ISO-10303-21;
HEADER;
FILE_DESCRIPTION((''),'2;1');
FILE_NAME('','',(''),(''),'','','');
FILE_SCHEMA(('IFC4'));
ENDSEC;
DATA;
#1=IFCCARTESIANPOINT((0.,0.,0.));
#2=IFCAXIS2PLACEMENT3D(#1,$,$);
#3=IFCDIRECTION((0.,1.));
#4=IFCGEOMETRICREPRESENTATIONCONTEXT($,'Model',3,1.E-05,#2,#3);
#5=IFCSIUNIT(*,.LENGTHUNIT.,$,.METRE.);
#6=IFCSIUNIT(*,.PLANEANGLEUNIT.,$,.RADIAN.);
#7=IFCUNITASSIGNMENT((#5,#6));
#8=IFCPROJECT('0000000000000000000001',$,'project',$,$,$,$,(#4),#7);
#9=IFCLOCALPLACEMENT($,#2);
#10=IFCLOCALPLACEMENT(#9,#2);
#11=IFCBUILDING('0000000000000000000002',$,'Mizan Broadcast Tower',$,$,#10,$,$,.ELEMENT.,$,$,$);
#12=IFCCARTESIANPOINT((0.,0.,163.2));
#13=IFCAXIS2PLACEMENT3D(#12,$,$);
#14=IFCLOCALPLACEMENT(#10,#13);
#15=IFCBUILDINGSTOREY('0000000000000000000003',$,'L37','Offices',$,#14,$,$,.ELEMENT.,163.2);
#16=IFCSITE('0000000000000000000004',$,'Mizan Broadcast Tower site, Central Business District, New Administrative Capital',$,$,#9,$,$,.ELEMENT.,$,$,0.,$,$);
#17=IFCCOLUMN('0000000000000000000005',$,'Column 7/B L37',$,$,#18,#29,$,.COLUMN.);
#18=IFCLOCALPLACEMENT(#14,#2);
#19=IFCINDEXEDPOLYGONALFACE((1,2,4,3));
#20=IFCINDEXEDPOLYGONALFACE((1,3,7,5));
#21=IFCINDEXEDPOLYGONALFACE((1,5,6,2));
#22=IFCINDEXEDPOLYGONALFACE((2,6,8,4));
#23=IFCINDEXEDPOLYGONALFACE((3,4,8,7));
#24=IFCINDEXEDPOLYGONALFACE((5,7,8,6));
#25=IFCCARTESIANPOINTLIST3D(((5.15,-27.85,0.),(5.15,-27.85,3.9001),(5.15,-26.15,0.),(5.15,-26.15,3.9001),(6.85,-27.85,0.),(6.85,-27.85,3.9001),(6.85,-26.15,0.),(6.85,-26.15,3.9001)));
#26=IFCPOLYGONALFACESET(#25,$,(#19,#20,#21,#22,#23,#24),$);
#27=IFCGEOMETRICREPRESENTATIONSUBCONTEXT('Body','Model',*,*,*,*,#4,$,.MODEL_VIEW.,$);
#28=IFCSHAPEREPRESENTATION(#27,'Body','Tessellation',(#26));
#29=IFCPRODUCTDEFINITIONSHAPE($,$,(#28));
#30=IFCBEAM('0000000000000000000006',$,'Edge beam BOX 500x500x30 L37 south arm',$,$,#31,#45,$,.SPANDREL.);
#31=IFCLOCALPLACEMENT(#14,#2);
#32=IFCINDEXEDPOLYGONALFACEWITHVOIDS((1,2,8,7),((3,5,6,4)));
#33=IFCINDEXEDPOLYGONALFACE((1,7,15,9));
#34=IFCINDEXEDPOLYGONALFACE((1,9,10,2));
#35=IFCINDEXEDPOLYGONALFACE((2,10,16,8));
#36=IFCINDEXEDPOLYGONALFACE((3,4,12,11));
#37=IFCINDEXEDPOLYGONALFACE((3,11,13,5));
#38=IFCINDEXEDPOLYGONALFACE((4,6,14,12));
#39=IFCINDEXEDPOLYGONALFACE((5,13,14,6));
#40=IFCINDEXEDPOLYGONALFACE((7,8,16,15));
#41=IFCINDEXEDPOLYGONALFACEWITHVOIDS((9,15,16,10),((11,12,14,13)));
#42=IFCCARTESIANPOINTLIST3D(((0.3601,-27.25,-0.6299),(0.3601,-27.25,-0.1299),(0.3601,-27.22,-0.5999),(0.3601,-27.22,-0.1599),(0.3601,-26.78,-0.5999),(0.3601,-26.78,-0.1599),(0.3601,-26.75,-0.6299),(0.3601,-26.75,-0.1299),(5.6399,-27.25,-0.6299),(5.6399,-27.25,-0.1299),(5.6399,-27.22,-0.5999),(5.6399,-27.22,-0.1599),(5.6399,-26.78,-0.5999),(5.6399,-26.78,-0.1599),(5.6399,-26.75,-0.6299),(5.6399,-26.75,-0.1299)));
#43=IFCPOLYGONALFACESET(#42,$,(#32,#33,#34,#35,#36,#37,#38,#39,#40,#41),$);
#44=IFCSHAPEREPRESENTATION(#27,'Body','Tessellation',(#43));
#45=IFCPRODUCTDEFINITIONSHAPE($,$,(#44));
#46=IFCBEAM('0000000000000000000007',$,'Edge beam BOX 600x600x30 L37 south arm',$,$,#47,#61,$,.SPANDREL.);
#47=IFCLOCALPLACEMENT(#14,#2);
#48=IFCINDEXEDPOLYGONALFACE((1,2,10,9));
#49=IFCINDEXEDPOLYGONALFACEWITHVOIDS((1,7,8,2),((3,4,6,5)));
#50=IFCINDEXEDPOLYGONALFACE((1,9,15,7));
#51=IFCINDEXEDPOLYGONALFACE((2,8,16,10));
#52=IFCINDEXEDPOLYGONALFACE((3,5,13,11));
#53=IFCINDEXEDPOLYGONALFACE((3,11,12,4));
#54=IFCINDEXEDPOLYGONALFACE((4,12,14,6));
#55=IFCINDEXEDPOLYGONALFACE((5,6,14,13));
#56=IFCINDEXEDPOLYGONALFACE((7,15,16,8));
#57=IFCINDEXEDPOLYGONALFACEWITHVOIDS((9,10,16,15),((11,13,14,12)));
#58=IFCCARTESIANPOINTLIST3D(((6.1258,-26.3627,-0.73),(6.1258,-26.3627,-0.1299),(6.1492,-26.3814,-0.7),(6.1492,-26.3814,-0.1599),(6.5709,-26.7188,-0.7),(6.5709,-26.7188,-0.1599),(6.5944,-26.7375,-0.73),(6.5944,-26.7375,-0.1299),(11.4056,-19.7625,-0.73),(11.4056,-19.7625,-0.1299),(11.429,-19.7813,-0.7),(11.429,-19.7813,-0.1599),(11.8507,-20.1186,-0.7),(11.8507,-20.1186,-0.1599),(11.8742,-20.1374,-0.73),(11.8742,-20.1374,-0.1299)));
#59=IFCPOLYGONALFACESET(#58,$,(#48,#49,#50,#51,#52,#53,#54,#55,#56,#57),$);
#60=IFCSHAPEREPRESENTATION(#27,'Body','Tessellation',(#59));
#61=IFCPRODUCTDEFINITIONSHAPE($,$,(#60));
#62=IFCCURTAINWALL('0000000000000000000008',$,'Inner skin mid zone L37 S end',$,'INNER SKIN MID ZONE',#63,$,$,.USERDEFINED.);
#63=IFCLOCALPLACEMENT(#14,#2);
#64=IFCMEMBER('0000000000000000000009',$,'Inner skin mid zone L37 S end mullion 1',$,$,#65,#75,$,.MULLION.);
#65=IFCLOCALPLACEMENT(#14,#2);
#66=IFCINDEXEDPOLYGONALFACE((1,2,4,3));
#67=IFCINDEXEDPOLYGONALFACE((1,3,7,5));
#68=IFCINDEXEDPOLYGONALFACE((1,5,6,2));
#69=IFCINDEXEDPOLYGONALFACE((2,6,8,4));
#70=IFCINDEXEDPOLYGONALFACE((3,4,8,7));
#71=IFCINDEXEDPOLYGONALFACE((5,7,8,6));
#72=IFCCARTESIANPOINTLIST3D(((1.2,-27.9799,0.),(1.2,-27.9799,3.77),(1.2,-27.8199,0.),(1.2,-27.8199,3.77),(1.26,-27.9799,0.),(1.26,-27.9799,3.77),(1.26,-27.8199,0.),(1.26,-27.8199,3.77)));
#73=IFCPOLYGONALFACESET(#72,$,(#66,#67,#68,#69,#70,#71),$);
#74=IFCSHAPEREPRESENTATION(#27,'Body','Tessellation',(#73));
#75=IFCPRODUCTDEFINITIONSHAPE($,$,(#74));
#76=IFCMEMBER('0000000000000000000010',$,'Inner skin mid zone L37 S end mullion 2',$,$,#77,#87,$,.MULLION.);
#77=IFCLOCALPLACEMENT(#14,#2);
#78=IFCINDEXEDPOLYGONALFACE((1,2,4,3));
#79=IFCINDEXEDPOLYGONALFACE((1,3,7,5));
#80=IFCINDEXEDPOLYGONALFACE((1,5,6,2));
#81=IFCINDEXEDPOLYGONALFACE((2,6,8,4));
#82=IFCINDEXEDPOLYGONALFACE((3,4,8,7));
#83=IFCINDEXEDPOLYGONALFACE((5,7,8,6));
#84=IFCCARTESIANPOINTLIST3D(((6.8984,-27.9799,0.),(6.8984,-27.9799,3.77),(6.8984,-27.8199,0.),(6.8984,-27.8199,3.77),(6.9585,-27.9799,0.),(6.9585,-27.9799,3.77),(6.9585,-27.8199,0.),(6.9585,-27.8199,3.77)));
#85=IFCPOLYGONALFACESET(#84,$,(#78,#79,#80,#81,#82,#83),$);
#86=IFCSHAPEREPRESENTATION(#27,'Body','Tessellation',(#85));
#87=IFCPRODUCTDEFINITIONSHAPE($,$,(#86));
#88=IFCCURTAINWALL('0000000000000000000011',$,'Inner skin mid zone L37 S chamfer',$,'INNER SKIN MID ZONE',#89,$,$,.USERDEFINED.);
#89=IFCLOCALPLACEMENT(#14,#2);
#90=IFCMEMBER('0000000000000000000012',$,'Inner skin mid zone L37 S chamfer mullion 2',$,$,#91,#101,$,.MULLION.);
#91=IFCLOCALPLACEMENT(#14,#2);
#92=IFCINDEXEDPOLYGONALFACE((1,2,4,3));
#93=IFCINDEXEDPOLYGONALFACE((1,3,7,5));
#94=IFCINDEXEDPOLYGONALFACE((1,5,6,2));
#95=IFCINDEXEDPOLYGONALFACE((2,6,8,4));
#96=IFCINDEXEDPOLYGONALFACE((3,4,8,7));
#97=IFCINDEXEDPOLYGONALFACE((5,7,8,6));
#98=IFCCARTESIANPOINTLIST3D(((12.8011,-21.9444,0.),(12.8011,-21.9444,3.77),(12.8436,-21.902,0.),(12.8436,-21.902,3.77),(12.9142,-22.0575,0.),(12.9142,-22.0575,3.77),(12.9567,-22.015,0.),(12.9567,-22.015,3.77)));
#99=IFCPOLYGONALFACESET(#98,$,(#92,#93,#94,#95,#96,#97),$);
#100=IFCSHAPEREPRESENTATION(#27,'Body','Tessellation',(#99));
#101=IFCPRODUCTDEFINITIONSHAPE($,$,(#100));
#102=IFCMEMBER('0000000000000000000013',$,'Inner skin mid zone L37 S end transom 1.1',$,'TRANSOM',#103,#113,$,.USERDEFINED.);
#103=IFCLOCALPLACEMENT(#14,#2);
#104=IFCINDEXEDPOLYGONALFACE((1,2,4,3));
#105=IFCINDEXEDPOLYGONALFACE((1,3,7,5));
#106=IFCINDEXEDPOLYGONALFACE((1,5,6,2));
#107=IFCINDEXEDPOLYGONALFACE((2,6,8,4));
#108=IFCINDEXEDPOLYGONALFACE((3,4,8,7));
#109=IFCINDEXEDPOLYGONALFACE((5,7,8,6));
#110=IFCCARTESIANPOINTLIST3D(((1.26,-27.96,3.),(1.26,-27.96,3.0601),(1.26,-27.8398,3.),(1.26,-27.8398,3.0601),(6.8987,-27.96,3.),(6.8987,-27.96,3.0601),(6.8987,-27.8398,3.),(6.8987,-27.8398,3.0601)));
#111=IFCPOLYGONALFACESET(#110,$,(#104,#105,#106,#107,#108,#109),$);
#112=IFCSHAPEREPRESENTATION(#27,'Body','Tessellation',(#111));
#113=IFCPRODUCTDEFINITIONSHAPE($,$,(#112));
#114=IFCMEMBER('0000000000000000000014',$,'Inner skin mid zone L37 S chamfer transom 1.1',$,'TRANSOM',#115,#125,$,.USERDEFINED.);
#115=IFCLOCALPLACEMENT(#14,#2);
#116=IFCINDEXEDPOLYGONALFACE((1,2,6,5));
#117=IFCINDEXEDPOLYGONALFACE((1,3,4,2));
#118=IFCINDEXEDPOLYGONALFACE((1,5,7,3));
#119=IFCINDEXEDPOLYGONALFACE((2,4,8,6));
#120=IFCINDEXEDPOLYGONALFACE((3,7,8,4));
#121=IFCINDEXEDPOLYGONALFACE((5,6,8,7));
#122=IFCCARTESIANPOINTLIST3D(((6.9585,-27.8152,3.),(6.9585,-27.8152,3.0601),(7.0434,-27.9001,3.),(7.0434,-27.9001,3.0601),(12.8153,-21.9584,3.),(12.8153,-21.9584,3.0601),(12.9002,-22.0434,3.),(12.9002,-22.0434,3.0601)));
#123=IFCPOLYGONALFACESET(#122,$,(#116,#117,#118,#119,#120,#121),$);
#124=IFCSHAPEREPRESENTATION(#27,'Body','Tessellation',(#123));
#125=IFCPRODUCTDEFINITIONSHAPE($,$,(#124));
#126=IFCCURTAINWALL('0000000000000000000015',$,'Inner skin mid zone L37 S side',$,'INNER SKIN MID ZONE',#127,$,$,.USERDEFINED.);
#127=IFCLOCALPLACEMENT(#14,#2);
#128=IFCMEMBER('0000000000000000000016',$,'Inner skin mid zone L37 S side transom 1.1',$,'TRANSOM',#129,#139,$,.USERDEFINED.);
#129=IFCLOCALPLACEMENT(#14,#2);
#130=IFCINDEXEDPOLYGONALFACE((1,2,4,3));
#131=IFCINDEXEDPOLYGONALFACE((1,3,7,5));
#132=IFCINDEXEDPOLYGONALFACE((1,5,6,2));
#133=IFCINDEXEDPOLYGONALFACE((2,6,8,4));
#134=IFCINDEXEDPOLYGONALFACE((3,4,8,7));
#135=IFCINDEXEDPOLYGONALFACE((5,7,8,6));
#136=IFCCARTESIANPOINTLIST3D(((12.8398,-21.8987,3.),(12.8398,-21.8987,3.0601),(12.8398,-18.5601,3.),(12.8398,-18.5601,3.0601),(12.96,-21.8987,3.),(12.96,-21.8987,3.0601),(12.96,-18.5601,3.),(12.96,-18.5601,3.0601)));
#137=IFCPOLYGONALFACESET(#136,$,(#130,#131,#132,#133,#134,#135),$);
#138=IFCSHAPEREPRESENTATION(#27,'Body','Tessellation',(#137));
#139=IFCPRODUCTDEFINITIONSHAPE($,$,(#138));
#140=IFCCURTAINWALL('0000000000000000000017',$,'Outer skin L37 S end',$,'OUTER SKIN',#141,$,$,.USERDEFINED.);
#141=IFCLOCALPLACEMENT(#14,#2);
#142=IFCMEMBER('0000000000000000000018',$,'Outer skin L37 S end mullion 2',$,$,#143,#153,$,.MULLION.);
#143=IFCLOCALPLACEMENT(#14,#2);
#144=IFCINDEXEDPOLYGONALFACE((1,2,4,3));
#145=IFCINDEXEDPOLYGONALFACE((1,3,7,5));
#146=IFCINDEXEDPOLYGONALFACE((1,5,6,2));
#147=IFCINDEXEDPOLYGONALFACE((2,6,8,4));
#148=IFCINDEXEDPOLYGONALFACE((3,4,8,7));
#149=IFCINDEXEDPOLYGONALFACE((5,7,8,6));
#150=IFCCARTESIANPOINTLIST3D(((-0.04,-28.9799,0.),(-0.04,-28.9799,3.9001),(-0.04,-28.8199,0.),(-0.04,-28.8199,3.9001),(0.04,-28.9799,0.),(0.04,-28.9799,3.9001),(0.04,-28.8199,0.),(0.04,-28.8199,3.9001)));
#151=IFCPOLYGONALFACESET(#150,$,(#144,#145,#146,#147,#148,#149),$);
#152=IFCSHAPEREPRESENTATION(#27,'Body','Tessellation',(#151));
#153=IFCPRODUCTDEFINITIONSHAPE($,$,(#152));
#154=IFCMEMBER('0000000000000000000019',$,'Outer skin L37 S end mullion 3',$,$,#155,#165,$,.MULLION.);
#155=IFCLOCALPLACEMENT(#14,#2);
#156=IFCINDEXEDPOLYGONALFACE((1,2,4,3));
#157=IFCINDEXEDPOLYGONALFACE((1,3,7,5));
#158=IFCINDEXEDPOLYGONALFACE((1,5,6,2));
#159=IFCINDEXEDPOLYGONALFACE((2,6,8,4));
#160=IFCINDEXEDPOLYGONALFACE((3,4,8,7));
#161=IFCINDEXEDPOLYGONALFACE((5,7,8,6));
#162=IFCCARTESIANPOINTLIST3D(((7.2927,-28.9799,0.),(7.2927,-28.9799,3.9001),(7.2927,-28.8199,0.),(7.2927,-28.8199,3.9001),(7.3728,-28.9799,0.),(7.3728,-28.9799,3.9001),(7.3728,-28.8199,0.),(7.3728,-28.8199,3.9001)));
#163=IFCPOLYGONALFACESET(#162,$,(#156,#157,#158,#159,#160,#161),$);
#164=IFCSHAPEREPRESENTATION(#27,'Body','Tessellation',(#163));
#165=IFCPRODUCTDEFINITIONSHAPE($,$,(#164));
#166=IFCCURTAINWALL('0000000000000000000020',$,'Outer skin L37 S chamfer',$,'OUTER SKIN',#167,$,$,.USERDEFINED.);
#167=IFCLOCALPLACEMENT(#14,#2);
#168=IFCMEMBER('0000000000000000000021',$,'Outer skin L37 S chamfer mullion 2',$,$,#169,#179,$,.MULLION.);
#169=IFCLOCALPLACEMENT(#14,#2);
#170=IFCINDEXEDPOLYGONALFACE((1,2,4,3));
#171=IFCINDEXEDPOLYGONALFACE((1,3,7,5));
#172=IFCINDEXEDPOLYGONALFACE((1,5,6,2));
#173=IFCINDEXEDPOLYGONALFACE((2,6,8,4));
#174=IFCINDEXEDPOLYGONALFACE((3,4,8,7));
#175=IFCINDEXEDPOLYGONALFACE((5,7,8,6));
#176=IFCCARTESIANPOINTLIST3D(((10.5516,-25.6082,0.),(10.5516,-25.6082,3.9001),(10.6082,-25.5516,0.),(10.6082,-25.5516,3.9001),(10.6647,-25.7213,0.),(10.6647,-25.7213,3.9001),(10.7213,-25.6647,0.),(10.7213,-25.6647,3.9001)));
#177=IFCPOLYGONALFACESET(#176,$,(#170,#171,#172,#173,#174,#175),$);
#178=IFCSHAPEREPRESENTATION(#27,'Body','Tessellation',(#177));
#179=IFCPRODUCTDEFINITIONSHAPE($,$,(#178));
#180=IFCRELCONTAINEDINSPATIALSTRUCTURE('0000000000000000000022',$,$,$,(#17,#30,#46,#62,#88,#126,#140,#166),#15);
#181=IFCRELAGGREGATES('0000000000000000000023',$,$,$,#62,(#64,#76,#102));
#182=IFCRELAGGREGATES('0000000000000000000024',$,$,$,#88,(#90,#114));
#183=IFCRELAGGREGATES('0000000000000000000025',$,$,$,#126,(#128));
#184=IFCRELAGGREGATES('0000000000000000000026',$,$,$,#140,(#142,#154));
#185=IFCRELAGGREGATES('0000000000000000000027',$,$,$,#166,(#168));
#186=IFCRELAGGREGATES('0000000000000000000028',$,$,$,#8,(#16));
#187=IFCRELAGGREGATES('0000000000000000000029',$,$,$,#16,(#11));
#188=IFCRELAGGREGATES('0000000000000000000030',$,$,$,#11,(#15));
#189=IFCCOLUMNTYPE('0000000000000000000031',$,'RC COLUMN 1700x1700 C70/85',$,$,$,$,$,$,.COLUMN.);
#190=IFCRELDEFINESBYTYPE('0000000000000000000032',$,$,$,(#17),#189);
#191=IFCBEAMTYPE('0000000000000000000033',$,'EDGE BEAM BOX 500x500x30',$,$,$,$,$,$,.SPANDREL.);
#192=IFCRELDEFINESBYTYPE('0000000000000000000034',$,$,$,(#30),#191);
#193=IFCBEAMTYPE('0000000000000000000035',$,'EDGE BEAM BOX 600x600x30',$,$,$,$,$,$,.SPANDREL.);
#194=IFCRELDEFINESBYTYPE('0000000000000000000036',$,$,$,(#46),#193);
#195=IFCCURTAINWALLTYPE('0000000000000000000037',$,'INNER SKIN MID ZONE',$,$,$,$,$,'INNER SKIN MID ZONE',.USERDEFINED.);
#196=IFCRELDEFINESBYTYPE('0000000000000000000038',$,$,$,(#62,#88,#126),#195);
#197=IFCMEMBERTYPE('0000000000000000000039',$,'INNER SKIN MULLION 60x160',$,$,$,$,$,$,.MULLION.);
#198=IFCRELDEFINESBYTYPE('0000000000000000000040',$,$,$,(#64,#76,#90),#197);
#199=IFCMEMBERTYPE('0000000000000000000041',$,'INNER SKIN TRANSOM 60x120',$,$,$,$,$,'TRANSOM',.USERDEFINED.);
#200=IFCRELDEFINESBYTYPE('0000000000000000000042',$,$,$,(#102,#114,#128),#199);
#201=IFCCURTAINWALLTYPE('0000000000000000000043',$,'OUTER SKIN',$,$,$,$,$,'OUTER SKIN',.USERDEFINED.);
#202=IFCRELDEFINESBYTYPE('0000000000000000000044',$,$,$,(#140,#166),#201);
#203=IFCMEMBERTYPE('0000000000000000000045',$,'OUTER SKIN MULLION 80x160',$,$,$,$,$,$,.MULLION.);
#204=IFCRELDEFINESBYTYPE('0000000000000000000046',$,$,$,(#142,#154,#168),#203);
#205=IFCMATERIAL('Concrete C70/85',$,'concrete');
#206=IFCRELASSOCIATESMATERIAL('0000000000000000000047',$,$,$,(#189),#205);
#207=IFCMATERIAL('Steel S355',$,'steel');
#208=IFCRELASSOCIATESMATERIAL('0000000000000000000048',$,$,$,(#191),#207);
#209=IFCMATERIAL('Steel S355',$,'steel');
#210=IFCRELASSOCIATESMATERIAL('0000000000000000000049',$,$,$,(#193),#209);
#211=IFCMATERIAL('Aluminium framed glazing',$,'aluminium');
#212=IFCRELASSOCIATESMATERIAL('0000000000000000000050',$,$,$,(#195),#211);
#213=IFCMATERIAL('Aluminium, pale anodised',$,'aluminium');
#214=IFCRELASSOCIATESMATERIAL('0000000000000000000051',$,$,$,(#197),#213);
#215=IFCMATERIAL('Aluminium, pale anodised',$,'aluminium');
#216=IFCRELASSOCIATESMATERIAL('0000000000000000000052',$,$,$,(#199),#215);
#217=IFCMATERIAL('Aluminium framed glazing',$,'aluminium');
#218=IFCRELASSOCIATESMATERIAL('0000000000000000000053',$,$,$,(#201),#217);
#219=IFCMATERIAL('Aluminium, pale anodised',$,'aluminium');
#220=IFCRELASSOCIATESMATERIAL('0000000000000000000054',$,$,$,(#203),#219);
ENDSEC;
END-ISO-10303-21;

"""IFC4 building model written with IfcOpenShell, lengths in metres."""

from ifc_helpers import new_model, si_unit, direction, frame, origin, origin_2d, place, context, subcontext, project, spatial, rectangle, hollow_rectangle, extrude, material, material_profile, profile_set, type_object, element, aggregate, save


model = new_model("IFC4")

# Units and contexts
model_context = context("Model", 3, precision=1e-05, world=origin(), true_north=direction((0.0, 1.0)))
body_context = subcontext(model_context, "Body", "Model", "MODEL_VIEW")
ifc_project = project(units=[si_unit("LENGTHUNIT", "METRE"), si_unit("PLANEANGLEUNIT", "RADIAN")], contexts=[model_context])

# Site, building, storey
site_placement = place(None, origin())
site = spatial("IfcSite", under=ifc_project, at=site_placement, Name="Mizan Broadcast Tower site, Central Business District, New Administrative Capital", CompositionType="ELEMENT", RefElevation=0.0)
building_placement = place(site_placement, origin())
building = spatial("IfcBuilding", under=site, at=building_placement, Name="Mizan Broadcast Tower", CompositionType="ELEMENT")
storey_placement = place(building_placement, frame((0.0, 0.0, 163.2)))
storey = spatial("IfcBuildingStorey", under=building, at=storey_placement, Name="L37", Description="Offices", CompositionType="ELEMENT", Elevation=163.2)

# Column
ifc_material_1 = material(Name="Concrete C70/85", Category="concrete")
ifc_material_profile_1 = material_profile(ifc_material_1, rectangle(XDim=1.7, YDim=1.7, at=origin_2d()), Name="RC 1700x1700")
ifc_profile_set_1 = profile_set([ifc_material_profile_1], Name="Concrete C70/85")
column_type = type_object("IfcColumnType", Name="RC COLUMN 1700x1700 C70/85", PredefinedType="COLUMN", material=ifc_profile_set_1)
column_placement = place(storey_placement, frame((6.0, -27.0, 0.0), z_axis=(0.0, 0.0, 1.0), x_axis=(1.0, 0.0, 0.0)))
element("IfcColumn", 1, at=column_placement, inside=storey, type_object=column_type, Name="Column 7/B L37", PredefinedType="COLUMN", context=body_context, shape_type="SweptSolid", body=[
    extrude(rectangle(XDim=1.7, YDim=1.7, at=origin_2d()), origin(), (0.0, 0.0, 1.0), 3.9001),
])

# Beams
ifc_material_2 = material(Name="Steel S355", Category="steel")
ifc_material_profile_2 = material_profile(ifc_material_2, hollow_rectangle(XDim=0.5, YDim=0.5, WallThickness=0.03, at=origin_2d()), Name="BOX 500x500x30")
ifc_profile_set_2 = profile_set([ifc_material_profile_2], Name="Steel S355")
beam_type_1 = type_object("IfcBeamType", Name="EDGE BEAM BOX 500x500x30", PredefinedType="SPANDREL", material=ifc_profile_set_2)
beam_1_placement = place(storey_placement, frame((5.6399, -27.0, -0.3799), z_axis=(-1.0, 0.0, 0.0), x_axis=(0.0, -1.0, 0.0)))
element("IfcBeam", 2, at=beam_1_placement, inside=storey, type_object=beam_type_1, Name="Edge beam BOX 500x500x30 L37 south arm", PredefinedType="SPANDREL", context=body_context, shape_type="SweptSolid", body=[
    extrude(hollow_rectangle(XDim=0.5, YDim=0.5, WallThickness=0.03, at=origin_2d()), origin(), (0.0, 0.0, 1.0), 5.2798),
])
ifc_material_3 = material(Name="Steel S355", Category="steel")
ifc_material_profile_3 = material_profile(ifc_material_3, hollow_rectangle(XDim=0.6001, YDim=0.6001, WallThickness=0.03, at=origin_2d()), Name="BOX 600x600x30")
ifc_profile_set_3 = profile_set([ifc_material_profile_3], Name="Steel S355")
beam_type_2 = type_object("IfcBeamType", Name="EDGE BEAM BOX 600x600x30", PredefinedType="SPANDREL", material=ifc_profile_set_3)
beam_2_placement = place(storey_placement, frame((11.6399, -19.95, -0.4299), z_axis=(-0.624674, -0.780886, 0.0), x_axis=(0.780886, -0.624674, 0.0)))
element("IfcBeam", 3, at=beam_2_placement, inside=storey, type_object=beam_type_2, Name="Edge beam BOX 600x600x30 L37 south arm", PredefinedType="SPANDREL", context=body_context, shape_type="SweptSolid", body=[
    extrude(hollow_rectangle(XDim=0.6001, YDim=0.6001, WallThickness=0.03, at=origin_2d()), origin(), (0.0, 0.0, 1.0), 8.4521),
])

# Curtain wall, members
ifc_material_4 = material(Name="Aluminium framed glazing", Category="aluminium")
curtain_wall_type_1 = type_object("IfcCurtainWallType", Name="INNER SKIN MID ZONE", ElementType="INNER SKIN MID ZONE", PredefinedType="USERDEFINED", material=ifc_material_4)
curtain_wall_1_placement = place(storey_placement, origin())
curtain_wall_1 = element("IfcCurtainWall", 4, at=curtain_wall_1_placement, inside=storey, type_object=curtain_wall_type_1, Name="Inner skin mid zone L37 S end", ObjectType="INNER SKIN MID ZONE", PredefinedType="USERDEFINED")
ifc_material_5 = material(Name="Aluminium, pale anodised", Category="aluminium")
ifc_material_profile_4 = material_profile(ifc_material_5, rectangle(XDim=0.1599, YDim=0.0601, at=origin_2d()), Name="MULLION 160x60")
ifc_profile_set_4 = profile_set([ifc_material_profile_4], Name="Aluminium, pale anodised")
member_type_1 = type_object("IfcMemberType", Name="INNER SKIN MULLION 60x160", PredefinedType="MULLION", material=ifc_profile_set_4)
member_1_placement = place(storey_placement, frame((1.23, -27.8999, 0.0), z_axis=(0.0, 0.0, 1.0), x_axis=(0.0, 1.0, 0.0)))
member_1 = element("IfcMember", 5, at=member_1_placement, type_object=member_type_1, Name="Inner skin mid zone L37 S end mullion 1", PredefinedType="MULLION", context=body_context, shape_type="SweptSolid", body=[
    extrude(rectangle(XDim=0.1599, YDim=0.0601, at=origin_2d()), origin(), (0.0, 0.0, 1.0), 3.77),
])
member_2_placement = place(storey_placement, frame((6.9285, -27.8999, 0.0), z_axis=(0.0, 0.0, 1.0), x_axis=(0.0, 1.0, 0.0)))
member_2 = element("IfcMember", 6, at=member_2_placement, type_object=member_type_1, Name="Inner skin mid zone L37 S end mullion 2", PredefinedType="MULLION", context=body_context, shape_type="SweptSolid", body=[
    extrude(rectangle(XDim=0.1599, YDim=0.0601, at=origin_2d()), origin(), (0.0, 0.0, 1.0), 3.77),
])

# Curtain wall, member
curtain_wall_2_placement = place(storey_placement, origin())
curtain_wall_2 = element("IfcCurtainWall", 7, at=curtain_wall_2_placement, inside=storey, type_object=curtain_wall_type_1, Name="Inner skin mid zone L37 S chamfer", ObjectType="INNER SKIN MID ZONE", PredefinedType="USERDEFINED")
member_3_placement = place(storey_placement, frame((12.8789, -21.9797, 0.0), z_axis=(0.0, 0.0, 1.0), x_axis=(-0.707107, 0.707107, 0.0)))
member_3 = element("IfcMember", 8, at=member_3_placement, type_object=member_type_1, Name="Inner skin mid zone L37 S chamfer mullion 2", PredefinedType="MULLION", context=body_context, shape_type="SweptSolid", body=[
    extrude(rectangle(XDim=0.1599, YDim=0.0601, at=origin_2d()), origin(), (0.0, 0.0, 1.0), 3.77),
])

# Members
ifc_material_6 = material(Name="Aluminium, pale anodised", Category="aluminium")
ifc_material_profile_5 = material_profile(ifc_material_6, rectangle(XDim=0.1201, YDim=0.0601, at=origin_2d()), Name="TRANSOM 120x60")
ifc_profile_set_5 = profile_set([ifc_material_profile_5], Name="Aluminium, pale anodised")
member_type_2 = type_object("IfcMemberType", Name="INNER SKIN TRANSOM 60x120", ElementType="TRANSOM", PredefinedType="USERDEFINED", material=ifc_profile_set_5)
member_4_placement = place(storey_placement, frame((1.26, -27.8999, 3.03), z_axis=(1.0, 0.0, 0.0), x_axis=(0.0, 1.0, 0.0)))
member_4 = element("IfcMember", 9, at=member_4_placement, type_object=member_type_2, Name="Inner skin mid zone L37 S end transom 1.1", ObjectType="TRANSOM", PredefinedType="USERDEFINED", context=body_context, shape_type="SweptSolid", body=[
    extrude(rectangle(XDim=0.1201, YDim=0.0601, at=origin_2d()), origin(), (0.0, 0.0, 1.0), 5.6387),
])
member_5_placement = place(storey_placement, frame((7.001, -27.8577, 3.03), z_axis=(0.707107, 0.707107, 0.0), x_axis=(-0.707107, 0.707107, 0.0)))
member_5 = element("IfcMember", 10, at=member_5_placement, type_object=member_type_2, Name="Inner skin mid zone L37 S chamfer transom 1.1", ObjectType="TRANSOM", PredefinedType="USERDEFINED", context=body_context, shape_type="SweptSolid", body=[
    extrude(rectangle(XDim=0.1201, YDim=0.0601, at=origin_2d()), origin(), (0.0, 0.0, 1.0), 8.2827),
])

# Curtain wall, member
curtain_wall_3_placement = place(storey_placement, origin())
curtain_wall_3 = element("IfcCurtainWall", 11, at=curtain_wall_3_placement, inside=storey, type_object=curtain_wall_type_1, Name="Inner skin mid zone L37 S side", ObjectType="INNER SKIN MID ZONE", PredefinedType="USERDEFINED")
member_6_placement = place(storey_placement, frame((12.8999, -21.8987, 3.03), z_axis=(0.0, 1.0, 0.0), x_axis=(-1.0, 0.0, 0.0)))
member_6 = element("IfcMember", 12, at=member_6_placement, type_object=member_type_2, Name="Inner skin mid zone L37 S side transom 1.1", ObjectType="TRANSOM", PredefinedType="USERDEFINED", context=body_context, shape_type="SweptSolid", body=[
    extrude(rectangle(XDim=0.1201, YDim=0.0601, at=origin_2d()), origin(), (0.0, 0.0, 1.0), 3.3386),
])

# Curtain wall, members
ifc_material_7 = material(Name="Aluminium framed glazing", Category="aluminium")
curtain_wall_type_2 = type_object("IfcCurtainWallType", Name="OUTER SKIN", ElementType="OUTER SKIN", PredefinedType="USERDEFINED", material=ifc_material_7)
curtain_wall_4_placement = place(storey_placement, origin())
curtain_wall_4 = element("IfcCurtainWall", 13, at=curtain_wall_4_placement, inside=storey, type_object=curtain_wall_type_2, Name="Outer skin L37 S end", ObjectType="OUTER SKIN", PredefinedType="USERDEFINED")
ifc_material_8 = material(Name="Aluminium, pale anodised", Category="aluminium")
ifc_material_profile_6 = material_profile(ifc_material_8, rectangle(XDim=0.1599, YDim=0.0801, at=origin_2d()), Name="MULLION 160x80")
ifc_profile_set_6 = profile_set([ifc_material_profile_6], Name="Aluminium, pale anodised")
member_type_3 = type_object("IfcMemberType", Name="OUTER SKIN MULLION 80x160", PredefinedType="MULLION", material=ifc_profile_set_6)
member_7_placement = place(storey_placement, frame((0.0, -28.8999, 0.0), z_axis=(0.0, 0.0, 1.0), x_axis=(0.0, 1.0, 0.0)))
member_7 = element("IfcMember", 14, at=member_7_placement, type_object=member_type_3, Name="Outer skin L37 S end mullion 2", PredefinedType="MULLION", context=body_context, shape_type="SweptSolid", body=[
    extrude(rectangle(XDim=0.1599, YDim=0.0801, at=origin_2d()), origin(), (0.0, 0.0, 1.0), 3.9001),
])
member_8_placement = place(storey_placement, frame((7.3328, -28.8999, 0.0), z_axis=(0.0, 0.0, 1.0), x_axis=(0.0, 1.0, 0.0)))
member_8 = element("IfcMember", 15, at=member_8_placement, type_object=member_type_3, Name="Outer skin L37 S end mullion 3", PredefinedType="MULLION", context=body_context, shape_type="SweptSolid", body=[
    extrude(rectangle(XDim=0.1599, YDim=0.0801, at=origin_2d()), origin(), (0.0, 0.0, 1.0), 3.9001),
])

# Curtain wall, member
curtain_wall_5_placement = place(storey_placement, origin())
curtain_wall_5 = element("IfcCurtainWall", 16, at=curtain_wall_5_placement, inside=storey, type_object=curtain_wall_type_2, Name="Outer skin L37 S chamfer", ObjectType="OUTER SKIN", PredefinedType="USERDEFINED")
member_9_placement = place(storey_placement, frame((10.6365, -25.6365, 0.0), z_axis=(0.0, 0.0, 1.0), x_axis=(-0.707107, 0.707107, 0.0)))
member_9 = element("IfcMember", 17, at=member_9_placement, type_object=member_type_3, Name="Outer skin L37 S chamfer mullion 2", PredefinedType="MULLION", context=body_context, shape_type="SweptSolid", body=[
    extrude(rectangle(XDim=0.1599, YDim=0.0801, at=origin_2d()), origin(), (0.0, 0.0, 1.0), 3.9001),
])

aggregate(curtain_wall_1, [member_1, member_2, member_4])
aggregate(curtain_wall_2, [member_3, member_5])
aggregate(curtain_wall_3, [member_6])
aggregate(curtain_wall_4, [member_7, member_8])
aggregate(curtain_wall_5, [member_9])

save(model, "model.ifc")
